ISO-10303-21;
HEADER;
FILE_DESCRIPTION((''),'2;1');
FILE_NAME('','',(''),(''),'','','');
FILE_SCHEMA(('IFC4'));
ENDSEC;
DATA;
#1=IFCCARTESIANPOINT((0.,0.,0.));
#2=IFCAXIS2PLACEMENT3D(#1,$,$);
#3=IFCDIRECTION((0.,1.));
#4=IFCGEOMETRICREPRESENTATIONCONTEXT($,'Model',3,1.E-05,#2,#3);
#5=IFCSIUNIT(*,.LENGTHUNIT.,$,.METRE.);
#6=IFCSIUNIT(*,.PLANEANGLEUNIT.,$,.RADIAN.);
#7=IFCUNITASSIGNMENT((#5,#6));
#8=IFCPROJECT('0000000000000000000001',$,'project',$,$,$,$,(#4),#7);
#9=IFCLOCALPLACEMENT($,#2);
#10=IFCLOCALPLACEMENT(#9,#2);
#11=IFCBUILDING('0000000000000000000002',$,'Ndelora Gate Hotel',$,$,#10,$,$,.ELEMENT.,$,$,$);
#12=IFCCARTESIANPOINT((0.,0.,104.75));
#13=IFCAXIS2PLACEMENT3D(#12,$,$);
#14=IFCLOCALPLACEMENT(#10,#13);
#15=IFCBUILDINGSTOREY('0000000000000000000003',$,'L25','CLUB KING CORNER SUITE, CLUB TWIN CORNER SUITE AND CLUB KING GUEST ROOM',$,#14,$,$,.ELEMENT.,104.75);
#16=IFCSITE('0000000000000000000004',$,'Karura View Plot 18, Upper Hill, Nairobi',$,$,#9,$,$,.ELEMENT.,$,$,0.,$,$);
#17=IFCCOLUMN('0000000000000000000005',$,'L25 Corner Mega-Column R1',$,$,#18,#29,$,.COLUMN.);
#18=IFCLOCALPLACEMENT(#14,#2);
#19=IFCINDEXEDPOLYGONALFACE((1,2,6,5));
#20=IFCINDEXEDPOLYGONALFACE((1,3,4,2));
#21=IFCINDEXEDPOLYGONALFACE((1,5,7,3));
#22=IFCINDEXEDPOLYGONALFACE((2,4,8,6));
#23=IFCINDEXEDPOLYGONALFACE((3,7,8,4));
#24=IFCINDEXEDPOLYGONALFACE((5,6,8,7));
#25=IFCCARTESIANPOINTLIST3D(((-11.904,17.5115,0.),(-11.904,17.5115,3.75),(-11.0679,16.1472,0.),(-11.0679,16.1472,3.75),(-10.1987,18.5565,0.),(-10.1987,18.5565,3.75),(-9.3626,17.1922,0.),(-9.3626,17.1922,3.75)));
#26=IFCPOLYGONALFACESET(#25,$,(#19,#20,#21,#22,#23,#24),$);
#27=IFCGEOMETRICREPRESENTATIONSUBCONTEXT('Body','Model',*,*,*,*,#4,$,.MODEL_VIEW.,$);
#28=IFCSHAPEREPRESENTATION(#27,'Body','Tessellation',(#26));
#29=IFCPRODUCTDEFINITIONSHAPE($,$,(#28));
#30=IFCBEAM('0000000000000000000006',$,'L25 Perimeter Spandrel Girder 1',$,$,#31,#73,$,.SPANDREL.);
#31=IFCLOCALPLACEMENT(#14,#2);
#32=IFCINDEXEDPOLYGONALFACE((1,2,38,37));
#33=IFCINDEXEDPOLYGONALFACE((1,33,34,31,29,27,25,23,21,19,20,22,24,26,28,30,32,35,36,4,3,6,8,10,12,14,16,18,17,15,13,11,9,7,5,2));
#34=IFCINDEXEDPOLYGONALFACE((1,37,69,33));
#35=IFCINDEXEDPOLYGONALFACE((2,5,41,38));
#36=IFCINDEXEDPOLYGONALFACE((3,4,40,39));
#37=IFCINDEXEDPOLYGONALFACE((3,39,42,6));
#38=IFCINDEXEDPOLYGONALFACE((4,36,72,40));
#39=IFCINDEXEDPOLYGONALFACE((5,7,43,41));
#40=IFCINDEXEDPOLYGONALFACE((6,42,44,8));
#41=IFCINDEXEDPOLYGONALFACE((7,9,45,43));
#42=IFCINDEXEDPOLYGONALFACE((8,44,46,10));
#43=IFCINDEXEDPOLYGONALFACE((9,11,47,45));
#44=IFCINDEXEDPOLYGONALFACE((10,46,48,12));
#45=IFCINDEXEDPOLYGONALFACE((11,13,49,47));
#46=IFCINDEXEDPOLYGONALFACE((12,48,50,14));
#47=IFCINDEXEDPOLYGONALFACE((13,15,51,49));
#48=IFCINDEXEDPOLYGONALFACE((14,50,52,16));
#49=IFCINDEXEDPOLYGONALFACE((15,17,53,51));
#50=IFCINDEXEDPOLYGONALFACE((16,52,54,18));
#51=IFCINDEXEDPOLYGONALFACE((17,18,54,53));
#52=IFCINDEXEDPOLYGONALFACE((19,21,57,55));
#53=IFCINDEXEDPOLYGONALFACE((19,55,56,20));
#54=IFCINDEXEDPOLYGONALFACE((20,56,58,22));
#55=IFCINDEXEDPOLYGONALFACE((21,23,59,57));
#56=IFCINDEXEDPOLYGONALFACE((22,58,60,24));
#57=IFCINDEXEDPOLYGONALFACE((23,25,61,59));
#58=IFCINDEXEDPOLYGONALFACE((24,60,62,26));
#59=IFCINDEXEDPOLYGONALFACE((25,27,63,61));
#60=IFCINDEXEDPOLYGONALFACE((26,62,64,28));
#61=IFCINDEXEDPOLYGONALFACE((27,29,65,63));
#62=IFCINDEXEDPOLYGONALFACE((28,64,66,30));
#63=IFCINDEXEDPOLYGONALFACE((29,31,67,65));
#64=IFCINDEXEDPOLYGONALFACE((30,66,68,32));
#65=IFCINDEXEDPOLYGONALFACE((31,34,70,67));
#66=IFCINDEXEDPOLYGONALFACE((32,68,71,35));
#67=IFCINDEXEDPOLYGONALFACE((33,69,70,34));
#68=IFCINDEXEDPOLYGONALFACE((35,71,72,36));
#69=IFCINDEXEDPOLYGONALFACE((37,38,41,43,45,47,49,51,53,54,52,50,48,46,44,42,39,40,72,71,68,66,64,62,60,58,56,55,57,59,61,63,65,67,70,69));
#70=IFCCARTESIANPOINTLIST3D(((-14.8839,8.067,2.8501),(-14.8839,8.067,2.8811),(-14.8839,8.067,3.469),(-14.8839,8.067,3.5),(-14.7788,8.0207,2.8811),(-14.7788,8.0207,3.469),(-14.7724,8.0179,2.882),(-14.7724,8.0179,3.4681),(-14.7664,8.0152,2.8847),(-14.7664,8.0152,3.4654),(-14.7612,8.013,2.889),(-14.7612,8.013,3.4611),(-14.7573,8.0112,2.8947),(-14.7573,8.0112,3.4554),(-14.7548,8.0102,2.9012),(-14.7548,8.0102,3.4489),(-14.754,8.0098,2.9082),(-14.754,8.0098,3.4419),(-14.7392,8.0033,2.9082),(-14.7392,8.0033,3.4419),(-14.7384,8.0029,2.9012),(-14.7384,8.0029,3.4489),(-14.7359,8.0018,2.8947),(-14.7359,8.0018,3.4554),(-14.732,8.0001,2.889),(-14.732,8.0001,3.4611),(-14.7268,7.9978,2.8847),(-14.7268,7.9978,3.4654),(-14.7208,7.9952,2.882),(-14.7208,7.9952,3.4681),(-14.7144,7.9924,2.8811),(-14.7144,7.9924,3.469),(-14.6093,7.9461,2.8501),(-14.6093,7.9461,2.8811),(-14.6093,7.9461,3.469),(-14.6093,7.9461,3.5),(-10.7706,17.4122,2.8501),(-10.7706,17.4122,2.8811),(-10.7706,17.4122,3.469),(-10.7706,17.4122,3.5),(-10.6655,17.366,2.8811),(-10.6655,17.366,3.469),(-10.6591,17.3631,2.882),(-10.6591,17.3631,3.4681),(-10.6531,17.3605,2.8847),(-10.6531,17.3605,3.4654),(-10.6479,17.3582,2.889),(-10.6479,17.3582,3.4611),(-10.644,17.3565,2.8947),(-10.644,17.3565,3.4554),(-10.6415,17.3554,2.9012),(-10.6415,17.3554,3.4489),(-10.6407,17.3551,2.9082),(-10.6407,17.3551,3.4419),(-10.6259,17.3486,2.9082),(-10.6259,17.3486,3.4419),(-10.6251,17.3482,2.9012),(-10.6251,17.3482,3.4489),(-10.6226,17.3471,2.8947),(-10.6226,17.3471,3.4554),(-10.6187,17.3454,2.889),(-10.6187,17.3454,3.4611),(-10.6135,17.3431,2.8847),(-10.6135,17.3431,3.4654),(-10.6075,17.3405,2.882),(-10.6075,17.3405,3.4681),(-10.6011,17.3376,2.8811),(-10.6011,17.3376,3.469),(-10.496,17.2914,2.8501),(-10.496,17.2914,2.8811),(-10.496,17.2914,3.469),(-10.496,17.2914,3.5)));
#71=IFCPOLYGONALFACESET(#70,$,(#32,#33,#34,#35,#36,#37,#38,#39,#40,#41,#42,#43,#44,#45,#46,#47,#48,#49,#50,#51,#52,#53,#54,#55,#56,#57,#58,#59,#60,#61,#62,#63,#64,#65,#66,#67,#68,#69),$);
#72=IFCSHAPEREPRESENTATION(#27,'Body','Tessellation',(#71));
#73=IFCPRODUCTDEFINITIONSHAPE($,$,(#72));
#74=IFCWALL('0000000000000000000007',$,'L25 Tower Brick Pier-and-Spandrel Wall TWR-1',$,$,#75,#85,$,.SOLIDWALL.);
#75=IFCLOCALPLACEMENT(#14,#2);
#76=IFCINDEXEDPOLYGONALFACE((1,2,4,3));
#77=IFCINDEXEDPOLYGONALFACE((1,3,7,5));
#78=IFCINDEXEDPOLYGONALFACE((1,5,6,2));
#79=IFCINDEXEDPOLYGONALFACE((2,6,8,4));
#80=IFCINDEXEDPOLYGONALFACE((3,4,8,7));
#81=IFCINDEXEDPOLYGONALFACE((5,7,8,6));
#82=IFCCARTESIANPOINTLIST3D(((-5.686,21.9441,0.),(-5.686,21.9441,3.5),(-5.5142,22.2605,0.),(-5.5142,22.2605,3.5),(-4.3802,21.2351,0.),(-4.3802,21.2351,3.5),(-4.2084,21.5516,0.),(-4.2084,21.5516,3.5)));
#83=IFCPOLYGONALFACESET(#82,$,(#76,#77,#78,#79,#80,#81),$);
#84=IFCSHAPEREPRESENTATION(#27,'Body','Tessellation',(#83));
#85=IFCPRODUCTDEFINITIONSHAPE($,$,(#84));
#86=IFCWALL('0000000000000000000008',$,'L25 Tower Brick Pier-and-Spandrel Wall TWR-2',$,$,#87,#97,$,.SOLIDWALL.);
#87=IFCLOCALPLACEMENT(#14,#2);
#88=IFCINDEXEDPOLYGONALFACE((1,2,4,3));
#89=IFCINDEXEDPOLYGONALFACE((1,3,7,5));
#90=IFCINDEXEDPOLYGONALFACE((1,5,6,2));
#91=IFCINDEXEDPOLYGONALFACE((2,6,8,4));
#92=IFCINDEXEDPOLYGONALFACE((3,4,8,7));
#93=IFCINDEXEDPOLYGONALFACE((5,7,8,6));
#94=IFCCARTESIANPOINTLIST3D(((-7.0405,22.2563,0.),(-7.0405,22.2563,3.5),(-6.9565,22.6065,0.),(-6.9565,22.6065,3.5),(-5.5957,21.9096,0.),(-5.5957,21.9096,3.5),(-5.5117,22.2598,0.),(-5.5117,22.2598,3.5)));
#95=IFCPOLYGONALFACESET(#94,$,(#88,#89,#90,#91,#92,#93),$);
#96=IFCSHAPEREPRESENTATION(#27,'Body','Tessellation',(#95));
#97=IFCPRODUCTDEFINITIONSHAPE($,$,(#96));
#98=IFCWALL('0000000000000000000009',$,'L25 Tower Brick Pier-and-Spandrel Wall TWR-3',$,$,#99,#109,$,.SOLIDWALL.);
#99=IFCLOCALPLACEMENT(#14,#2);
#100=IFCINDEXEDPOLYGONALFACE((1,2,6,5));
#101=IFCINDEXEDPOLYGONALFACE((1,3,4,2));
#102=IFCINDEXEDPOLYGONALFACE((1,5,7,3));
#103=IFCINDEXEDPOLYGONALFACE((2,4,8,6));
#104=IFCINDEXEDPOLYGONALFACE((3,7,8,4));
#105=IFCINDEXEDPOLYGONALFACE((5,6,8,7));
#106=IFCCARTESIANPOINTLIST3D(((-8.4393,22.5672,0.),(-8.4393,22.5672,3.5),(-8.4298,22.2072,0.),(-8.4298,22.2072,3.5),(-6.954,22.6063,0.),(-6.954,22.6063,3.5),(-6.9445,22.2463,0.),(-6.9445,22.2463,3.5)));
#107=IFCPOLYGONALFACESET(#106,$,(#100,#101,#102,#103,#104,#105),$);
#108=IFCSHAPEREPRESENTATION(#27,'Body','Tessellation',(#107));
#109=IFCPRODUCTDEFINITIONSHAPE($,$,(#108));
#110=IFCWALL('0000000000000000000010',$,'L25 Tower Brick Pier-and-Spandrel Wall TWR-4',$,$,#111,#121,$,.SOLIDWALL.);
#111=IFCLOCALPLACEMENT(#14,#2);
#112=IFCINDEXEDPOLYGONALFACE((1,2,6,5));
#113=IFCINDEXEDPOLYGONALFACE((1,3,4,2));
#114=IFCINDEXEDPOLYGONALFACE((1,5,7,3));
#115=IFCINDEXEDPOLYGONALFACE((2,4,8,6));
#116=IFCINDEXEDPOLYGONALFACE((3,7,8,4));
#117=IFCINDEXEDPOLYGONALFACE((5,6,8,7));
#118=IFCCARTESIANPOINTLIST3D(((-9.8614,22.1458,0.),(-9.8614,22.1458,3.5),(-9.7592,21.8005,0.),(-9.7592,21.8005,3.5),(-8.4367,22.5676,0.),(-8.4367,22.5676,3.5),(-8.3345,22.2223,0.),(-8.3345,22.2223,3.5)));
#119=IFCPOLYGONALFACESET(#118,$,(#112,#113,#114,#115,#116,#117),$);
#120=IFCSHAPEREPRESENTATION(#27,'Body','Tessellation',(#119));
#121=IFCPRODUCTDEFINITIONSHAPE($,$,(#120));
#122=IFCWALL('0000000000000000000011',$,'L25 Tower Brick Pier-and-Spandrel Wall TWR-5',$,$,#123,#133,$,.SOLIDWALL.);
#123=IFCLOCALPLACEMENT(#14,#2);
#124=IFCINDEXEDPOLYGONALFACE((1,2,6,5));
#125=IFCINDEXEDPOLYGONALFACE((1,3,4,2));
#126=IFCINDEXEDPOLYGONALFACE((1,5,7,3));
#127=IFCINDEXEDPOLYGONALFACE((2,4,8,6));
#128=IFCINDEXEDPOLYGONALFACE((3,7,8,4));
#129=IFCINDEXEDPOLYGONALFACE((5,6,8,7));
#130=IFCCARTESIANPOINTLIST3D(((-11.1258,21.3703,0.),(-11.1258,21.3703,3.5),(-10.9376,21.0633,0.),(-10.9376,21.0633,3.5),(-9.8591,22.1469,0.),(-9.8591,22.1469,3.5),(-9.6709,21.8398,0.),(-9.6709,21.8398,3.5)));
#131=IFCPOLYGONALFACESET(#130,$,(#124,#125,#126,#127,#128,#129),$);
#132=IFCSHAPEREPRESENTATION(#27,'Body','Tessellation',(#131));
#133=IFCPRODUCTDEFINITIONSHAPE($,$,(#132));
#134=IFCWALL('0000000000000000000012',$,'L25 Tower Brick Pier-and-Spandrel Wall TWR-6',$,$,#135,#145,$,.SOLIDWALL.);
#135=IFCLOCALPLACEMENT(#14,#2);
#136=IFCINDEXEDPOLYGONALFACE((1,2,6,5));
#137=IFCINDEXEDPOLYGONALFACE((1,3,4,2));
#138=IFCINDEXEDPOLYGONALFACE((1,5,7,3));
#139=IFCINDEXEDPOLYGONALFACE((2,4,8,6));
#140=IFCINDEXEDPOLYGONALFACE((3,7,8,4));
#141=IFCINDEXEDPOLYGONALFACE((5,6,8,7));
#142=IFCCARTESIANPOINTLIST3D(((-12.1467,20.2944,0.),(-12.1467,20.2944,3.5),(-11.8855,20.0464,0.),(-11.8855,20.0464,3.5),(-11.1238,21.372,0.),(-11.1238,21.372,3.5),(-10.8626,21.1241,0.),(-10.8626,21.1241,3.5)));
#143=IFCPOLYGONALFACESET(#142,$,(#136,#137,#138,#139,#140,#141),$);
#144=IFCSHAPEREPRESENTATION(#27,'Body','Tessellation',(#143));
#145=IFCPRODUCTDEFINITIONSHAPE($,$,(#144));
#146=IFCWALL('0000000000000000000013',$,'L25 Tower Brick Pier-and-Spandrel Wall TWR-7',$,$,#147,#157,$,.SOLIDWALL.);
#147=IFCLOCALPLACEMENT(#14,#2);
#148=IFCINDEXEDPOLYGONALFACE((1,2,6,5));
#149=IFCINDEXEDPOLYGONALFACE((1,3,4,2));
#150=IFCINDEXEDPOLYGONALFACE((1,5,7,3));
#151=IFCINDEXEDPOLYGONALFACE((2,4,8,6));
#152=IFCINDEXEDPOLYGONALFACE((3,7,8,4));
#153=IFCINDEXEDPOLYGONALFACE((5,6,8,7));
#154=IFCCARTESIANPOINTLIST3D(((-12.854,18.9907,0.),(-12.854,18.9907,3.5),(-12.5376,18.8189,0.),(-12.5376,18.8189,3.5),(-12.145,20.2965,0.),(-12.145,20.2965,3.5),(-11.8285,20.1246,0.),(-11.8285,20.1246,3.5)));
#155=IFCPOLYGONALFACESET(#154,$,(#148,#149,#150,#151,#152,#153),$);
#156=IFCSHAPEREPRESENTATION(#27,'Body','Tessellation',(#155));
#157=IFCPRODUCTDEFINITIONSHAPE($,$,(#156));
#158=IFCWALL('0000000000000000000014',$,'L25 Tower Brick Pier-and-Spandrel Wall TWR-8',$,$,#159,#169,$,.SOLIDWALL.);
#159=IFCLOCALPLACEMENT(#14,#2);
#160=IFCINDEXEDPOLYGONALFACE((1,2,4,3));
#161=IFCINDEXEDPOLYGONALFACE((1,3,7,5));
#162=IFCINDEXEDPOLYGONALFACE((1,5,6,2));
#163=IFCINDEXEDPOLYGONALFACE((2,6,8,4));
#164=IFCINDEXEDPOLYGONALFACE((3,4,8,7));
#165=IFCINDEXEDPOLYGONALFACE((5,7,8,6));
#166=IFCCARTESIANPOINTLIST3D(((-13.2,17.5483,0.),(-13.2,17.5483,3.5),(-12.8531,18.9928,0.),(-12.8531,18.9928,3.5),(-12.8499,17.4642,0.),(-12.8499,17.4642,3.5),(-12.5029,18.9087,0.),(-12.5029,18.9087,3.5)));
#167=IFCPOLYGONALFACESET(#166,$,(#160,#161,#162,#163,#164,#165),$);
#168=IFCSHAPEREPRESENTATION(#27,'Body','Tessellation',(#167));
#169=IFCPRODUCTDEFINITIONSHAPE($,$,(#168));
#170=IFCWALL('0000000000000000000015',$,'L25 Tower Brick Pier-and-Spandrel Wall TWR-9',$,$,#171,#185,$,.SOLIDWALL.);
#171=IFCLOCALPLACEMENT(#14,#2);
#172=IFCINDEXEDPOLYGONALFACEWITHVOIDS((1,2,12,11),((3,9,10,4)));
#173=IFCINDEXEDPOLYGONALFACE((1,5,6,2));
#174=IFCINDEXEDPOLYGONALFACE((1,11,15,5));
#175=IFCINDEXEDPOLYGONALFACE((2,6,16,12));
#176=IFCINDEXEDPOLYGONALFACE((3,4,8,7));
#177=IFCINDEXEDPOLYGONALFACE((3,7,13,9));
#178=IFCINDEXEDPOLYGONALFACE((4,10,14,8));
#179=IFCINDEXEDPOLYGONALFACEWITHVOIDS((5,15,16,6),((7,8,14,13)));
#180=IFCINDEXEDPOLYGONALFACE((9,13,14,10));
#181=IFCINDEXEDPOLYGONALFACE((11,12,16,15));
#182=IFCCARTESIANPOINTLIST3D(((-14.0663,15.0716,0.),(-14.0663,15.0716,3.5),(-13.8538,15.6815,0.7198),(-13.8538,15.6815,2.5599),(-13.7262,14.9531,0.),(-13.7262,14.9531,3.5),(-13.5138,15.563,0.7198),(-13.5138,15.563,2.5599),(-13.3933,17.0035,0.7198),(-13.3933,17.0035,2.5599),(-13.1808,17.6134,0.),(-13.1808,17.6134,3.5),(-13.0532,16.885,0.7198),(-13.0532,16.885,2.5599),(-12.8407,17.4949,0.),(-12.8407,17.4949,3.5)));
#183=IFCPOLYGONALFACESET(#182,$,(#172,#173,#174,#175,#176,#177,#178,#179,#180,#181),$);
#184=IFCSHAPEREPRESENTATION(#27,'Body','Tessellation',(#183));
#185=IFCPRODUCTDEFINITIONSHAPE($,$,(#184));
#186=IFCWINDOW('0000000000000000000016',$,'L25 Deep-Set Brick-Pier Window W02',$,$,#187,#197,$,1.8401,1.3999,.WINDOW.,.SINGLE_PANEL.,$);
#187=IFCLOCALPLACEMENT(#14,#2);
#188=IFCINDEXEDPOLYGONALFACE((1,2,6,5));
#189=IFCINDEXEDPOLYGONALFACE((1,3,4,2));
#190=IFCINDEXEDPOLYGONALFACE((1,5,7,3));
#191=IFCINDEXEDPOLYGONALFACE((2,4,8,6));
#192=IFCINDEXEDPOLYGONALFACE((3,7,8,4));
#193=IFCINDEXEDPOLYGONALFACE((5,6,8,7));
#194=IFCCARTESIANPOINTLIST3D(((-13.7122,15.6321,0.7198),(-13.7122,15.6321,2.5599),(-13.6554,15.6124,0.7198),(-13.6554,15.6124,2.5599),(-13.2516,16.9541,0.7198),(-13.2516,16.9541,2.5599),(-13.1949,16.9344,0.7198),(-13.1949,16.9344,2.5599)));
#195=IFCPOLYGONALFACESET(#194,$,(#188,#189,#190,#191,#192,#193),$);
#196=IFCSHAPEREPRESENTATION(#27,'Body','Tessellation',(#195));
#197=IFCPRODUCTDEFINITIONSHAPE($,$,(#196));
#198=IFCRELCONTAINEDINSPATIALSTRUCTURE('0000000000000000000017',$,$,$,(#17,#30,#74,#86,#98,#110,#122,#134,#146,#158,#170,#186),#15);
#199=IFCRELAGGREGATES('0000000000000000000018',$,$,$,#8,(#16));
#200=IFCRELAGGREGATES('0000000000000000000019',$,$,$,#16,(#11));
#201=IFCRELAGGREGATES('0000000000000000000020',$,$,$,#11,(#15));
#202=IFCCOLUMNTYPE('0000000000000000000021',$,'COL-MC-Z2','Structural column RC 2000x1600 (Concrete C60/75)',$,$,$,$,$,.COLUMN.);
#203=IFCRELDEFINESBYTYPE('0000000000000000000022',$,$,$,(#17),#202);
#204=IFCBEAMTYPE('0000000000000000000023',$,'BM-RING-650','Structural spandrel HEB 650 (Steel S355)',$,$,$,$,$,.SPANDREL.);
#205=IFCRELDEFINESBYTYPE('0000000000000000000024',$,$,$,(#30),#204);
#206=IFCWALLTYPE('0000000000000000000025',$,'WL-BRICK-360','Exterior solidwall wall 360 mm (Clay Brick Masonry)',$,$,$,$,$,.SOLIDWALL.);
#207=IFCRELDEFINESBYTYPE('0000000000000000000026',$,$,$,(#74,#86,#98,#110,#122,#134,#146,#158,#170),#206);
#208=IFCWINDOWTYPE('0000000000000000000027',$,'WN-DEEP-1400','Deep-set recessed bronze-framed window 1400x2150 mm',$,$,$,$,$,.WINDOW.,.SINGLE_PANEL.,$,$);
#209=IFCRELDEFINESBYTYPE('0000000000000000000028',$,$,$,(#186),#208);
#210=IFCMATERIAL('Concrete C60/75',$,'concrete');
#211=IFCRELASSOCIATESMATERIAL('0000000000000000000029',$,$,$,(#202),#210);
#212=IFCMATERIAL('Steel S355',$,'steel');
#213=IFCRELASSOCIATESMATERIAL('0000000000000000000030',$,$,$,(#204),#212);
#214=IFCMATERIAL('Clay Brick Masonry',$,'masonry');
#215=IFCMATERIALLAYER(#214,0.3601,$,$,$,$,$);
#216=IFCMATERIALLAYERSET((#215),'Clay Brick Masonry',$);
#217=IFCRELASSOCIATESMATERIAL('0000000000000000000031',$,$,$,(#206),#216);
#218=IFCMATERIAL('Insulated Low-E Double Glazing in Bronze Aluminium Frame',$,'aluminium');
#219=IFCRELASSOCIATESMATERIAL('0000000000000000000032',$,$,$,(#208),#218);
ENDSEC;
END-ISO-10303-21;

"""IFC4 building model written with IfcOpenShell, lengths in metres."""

from ifc_helpers import new_model, si_unit, direction, frame, frame_2d, origin, origin_2d, place, context, subcontext, project, spatial, rectangle, i_section, extrude, material, layer, layer_set, material_profile, profile_set, type_object, element, fill, save


model = new_model("IFC4")

# Units and contexts
model_context = context("Model", 3, precision=1e-05, world=origin(), true_north=direction((0.0, 1.0)))
body_context = subcontext(model_context, "Body", "Model", "MODEL_VIEW")
ifc_project = project(units=[si_unit("LENGTHUNIT", "METRE"), si_unit("PLANEANGLEUNIT", "RADIAN")], contexts=[model_context])

# Site, building, storey
site_placement = place(None, origin())
site = spatial("IfcSite", under=ifc_project, at=site_placement, Name="Karura View Plot 18, Upper Hill, Nairobi", CompositionType="ELEMENT", RefElevation=0.0)
building_placement = place(site_placement, origin())
building = spatial("IfcBuilding", under=site, at=building_placement, Name="Ndelora Gate Hotel", CompositionType="ELEMENT")
storey_placement = place(building_placement, frame((0.0, 0.0, 104.75)))
storey = spatial("IfcBuildingStorey", under=building, at=storey_placement, Name="L25", Description="CLUB KING CORNER SUITE, CLUB TWIN CORNER SUITE AND CLUB KING GUEST ROOM", CompositionType="ELEMENT", Elevation=104.75)

# Column
ifc_material_1 = material(Name="Concrete C60/75", Category="concrete")
ifc_material_profile_1 = material_profile(ifc_material_1, rectangle(XDim=1.6001, YDim=2.0, at=origin_2d()), Name="RC 2000x1600")
ifc_profile_set_1 = profile_set([ifc_material_profile_1], Name="Concrete C60/75")
column_type = type_object("IfcColumnType", Name="COL-MC-Z2", Description="Structural column RC 2000x1600 (Concrete C60/75)", PredefinedType="COLUMN", material=ifc_profile_set_1)
column_placement = place(storey_placement, frame((-10.6333, 17.3518, 0.0), z_axis=(0.0, 0.0, 1.0), x_axis=(-0.522499, 0.85264, 0.0)))
element("IfcColumn", 1, at=column_placement, inside=storey, type_object=column_type, Name="L25 Corner Mega-Column R1", PredefinedType="COLUMN", context=body_context, shape_type="SweptSolid", body=[
    extrude(rectangle(XDim=1.6001, YDim=2.0, at=origin_2d()), origin(), (0.0, 0.0, 1.0), 3.75),
])

# Beam
ifc_material_2 = material(Name="Steel S355", Category="steel")
ifc_material_profile_2 = material_profile(ifc_material_2, i_section(OverallWidth=0.3, OverallDepth=0.6499, WebThickness=0.0161, FlangeThickness=0.031, FilletRadius=0.0271, at=origin_2d()), Name="HEB 650")
ifc_profile_set_2 = profile_set([ifc_material_profile_2], Name="Steel S355")
beam_type = type_object("IfcBeamType", Name="BM-RING-650", Description="Structural spandrel HEB 650 (Steel S355)", PredefinedType="SPANDREL", material=ifc_profile_set_2)
beam_placement = place(storey_placement, frame((-10.6333, 17.3518, 3.175), z_axis=(-0.402852, -0.915265, 0.0), x_axis=(0.915265, -0.402852, 0.0)))
element("IfcBeam", 2, at=beam_placement, inside=storey, type_object=beam_type, Name="L25 Perimeter Spandrel Girder 1", PredefinedType="SPANDREL", context=body_context, shape_type="SweptSolid", body=[
    extrude(i_section(OverallWidth=0.3, OverallDepth=0.6499, WebThickness=0.0161, FlangeThickness=0.031, FilletRadius=0.0271, at=origin_2d()), origin(), (0.0, 0.0, 1.0), 10.2104),
])

# Walls
ifc_material_3 = material(Name="Clay Brick Masonry", Category="masonry")
ifc_layer_1 = layer(ifc_material_3, 0.3601)
ifc_layer_set_1 = layer_set([ifc_layer_1], Name="Clay Brick Masonry")
wall_type_1 = type_object("IfcWallType", Name="WL-BRICK-360", Description="Exterior solidwall wall 360 mm (Clay Brick Masonry)", PredefinedType="SOLIDWALL", material=ifc_layer_set_1)
for number, where, z_axis, x_axis, name in (
    (3, (-5.6001, 22.1023, 0.0), (0.0, 0.0, 1.0), (0.878836, -0.477124, 0.0), "L25 Tower Brick Pier-and-Spandrel Wall TWR-1"),
    (4, (-6.9985, 22.4314, 0.0), (0.0, 0.0, 1.0), (0.972399, -0.233323, 0.0), "L25 Tower Brick Pier-and-Spandrel Wall TWR-2"),
    (5, (-8.4346, 22.3872, 0.0), (0.0, 0.0, 1.0), (0.999654, 0.026289, 0.0), "L25 Tower Brick Pier-and-Spandrel Wall TWR-3"),
    (6, (-9.8103, 21.9731, 0.0), (0.0, 0.0, 1.0), (0.958851, 0.283909, 0.0), "L25 Tower Brick Pier-and-Spandrel Wall TWR-4"),
    (7, (-11.0317, 21.2168, 0.0), (0.0, 0.0, 1.0), (0.852554, 0.522639, 0.0), "L25 Tower Brick Pier-and-Spandrel Wall TWR-5"),
    (8, (-12.0161, 20.1704, 0.0), (0.0, 0.0, 1.0), (0.688464, 0.72527, 0.0), "L25 Tower Brick Pier-and-Spandrel Wall TWR-6"),
    (9, (-12.6958, 18.9048, 0.0), (0.0, 0.0, 1.0), (0.477193, 0.878798, 0.0), "L25 Tower Brick Pier-and-Spandrel Wall TWR-7"),
):
    element("IfcWall", number, at=place(storey_placement, frame(where, z_axis=z_axis, x_axis=x_axis)), inside=storey, type_object=wall_type_1, Name=name, PredefinedType="SOLIDWALL", context=body_context, shape_type="SweptSolid", body=[
        extrude(rectangle(XDim=1.4858, YDim=0.3601, at=frame_2d((0.7429, 0.0))), origin(), (0.0, 0.0, 1.0), 3.5),
    ])
wall_1_placement = place(storey_placement, frame((-13.0249, 17.5063, 0.0), z_axis=(0.0, 0.0, 1.0), x_axis=(0.233516, 0.972353, 0.0)))
element("IfcWall", 10, at=wall_1_placement, inside=storey, type_object=wall_type_1, Name="L25 Tower Brick Pier-and-Spandrel Wall TWR-8", PredefinedType="SOLIDWALL", context=body_context, shape_type="SweptSolid", body=[
    extrude(rectangle(XDim=1.4856, YDim=0.3601, at=frame_2d((0.7427, 0.0))), origin(), (0.0, 0.0, 1.0), 3.5),
])

# Wall, opening, window
wall_2_placement = place(storey_placement, frame((-13.8962, 15.0125, 0.0), z_axis=(0.0, 0.0, 1.0), x_axis=(0.328988, 0.944334, 0.0)))
wall_2 = element("IfcWall", 11, at=wall_2_placement, inside=storey, type_object=wall_type_1, Name="L25 Tower Brick Pier-and-Spandrel Wall TWR-9", PredefinedType="SOLIDWALL", context=body_context, shape_type="SweptSolid", body=[
    extrude(rectangle(XDim=2.6917, YDim=0.3601, at=frame_2d((1.3457, 0.0))), origin(), (0.0, 0.0, 1.0), 3.5),
])
opening_1_placement = place(wall_2_placement, frame((0.6458, 0.0, 0.72)))
opening_1 = element("IfcOpeningElement", 12, at=opening_1_placement, cuts=wall_2, PredefinedType="OPENING", context=body_context, shape_type="SweptSolid", body=[
    extrude(rectangle(XDim=1.3999, YDim=1.8401, at=frame_2d((0.7, 0.9199))), frame((0.0, 0.1899, 0.0), z_axis=(0.0, -1.0, 0.0), x_axis=(1.0, 0.0, 0.0)), (0.0, 0.0, 1.0), 0.3801),
])
ifc_material_4 = material(Name="Insulated Low-E Double Glazing in Bronze Aluminium Frame", Category="aluminium")
window_type_1 = type_object("IfcWindowType", Name="WN-DEEP-1400", Description="Deep-set recessed bronze-framed window 1400x2150 mm", PartitioningType="SINGLE_PANEL", PredefinedType="WINDOW", material=ifc_material_4)
window_1_placement = place(opening_1_placement, origin())
window_1 = element("IfcWindow", 13, at=window_1_placement, inside=storey, type_object=window_type_1, Name="L25 Deep-Set Brick-Pier Window W02", OverallHeight=1.8401, OverallWidth=1.3999, PartitioningType="SINGLE_PANEL", PredefinedType="WINDOW", context=body_context, shape_type="SweptSolid", body=[
    extrude(rectangle(XDim=1.3999, YDim=1.8401, at=frame_2d((0.7, 0.9199))), frame((0.0, 0.03, 0.0), z_axis=(0.0, -1.0, 0.0), x_axis=(1.0, 0.0, 0.0)), (0.0, 0.0, 1.0), 0.0601),
])
fill(opening_1, window_1)

save(model, "model.ifc")
